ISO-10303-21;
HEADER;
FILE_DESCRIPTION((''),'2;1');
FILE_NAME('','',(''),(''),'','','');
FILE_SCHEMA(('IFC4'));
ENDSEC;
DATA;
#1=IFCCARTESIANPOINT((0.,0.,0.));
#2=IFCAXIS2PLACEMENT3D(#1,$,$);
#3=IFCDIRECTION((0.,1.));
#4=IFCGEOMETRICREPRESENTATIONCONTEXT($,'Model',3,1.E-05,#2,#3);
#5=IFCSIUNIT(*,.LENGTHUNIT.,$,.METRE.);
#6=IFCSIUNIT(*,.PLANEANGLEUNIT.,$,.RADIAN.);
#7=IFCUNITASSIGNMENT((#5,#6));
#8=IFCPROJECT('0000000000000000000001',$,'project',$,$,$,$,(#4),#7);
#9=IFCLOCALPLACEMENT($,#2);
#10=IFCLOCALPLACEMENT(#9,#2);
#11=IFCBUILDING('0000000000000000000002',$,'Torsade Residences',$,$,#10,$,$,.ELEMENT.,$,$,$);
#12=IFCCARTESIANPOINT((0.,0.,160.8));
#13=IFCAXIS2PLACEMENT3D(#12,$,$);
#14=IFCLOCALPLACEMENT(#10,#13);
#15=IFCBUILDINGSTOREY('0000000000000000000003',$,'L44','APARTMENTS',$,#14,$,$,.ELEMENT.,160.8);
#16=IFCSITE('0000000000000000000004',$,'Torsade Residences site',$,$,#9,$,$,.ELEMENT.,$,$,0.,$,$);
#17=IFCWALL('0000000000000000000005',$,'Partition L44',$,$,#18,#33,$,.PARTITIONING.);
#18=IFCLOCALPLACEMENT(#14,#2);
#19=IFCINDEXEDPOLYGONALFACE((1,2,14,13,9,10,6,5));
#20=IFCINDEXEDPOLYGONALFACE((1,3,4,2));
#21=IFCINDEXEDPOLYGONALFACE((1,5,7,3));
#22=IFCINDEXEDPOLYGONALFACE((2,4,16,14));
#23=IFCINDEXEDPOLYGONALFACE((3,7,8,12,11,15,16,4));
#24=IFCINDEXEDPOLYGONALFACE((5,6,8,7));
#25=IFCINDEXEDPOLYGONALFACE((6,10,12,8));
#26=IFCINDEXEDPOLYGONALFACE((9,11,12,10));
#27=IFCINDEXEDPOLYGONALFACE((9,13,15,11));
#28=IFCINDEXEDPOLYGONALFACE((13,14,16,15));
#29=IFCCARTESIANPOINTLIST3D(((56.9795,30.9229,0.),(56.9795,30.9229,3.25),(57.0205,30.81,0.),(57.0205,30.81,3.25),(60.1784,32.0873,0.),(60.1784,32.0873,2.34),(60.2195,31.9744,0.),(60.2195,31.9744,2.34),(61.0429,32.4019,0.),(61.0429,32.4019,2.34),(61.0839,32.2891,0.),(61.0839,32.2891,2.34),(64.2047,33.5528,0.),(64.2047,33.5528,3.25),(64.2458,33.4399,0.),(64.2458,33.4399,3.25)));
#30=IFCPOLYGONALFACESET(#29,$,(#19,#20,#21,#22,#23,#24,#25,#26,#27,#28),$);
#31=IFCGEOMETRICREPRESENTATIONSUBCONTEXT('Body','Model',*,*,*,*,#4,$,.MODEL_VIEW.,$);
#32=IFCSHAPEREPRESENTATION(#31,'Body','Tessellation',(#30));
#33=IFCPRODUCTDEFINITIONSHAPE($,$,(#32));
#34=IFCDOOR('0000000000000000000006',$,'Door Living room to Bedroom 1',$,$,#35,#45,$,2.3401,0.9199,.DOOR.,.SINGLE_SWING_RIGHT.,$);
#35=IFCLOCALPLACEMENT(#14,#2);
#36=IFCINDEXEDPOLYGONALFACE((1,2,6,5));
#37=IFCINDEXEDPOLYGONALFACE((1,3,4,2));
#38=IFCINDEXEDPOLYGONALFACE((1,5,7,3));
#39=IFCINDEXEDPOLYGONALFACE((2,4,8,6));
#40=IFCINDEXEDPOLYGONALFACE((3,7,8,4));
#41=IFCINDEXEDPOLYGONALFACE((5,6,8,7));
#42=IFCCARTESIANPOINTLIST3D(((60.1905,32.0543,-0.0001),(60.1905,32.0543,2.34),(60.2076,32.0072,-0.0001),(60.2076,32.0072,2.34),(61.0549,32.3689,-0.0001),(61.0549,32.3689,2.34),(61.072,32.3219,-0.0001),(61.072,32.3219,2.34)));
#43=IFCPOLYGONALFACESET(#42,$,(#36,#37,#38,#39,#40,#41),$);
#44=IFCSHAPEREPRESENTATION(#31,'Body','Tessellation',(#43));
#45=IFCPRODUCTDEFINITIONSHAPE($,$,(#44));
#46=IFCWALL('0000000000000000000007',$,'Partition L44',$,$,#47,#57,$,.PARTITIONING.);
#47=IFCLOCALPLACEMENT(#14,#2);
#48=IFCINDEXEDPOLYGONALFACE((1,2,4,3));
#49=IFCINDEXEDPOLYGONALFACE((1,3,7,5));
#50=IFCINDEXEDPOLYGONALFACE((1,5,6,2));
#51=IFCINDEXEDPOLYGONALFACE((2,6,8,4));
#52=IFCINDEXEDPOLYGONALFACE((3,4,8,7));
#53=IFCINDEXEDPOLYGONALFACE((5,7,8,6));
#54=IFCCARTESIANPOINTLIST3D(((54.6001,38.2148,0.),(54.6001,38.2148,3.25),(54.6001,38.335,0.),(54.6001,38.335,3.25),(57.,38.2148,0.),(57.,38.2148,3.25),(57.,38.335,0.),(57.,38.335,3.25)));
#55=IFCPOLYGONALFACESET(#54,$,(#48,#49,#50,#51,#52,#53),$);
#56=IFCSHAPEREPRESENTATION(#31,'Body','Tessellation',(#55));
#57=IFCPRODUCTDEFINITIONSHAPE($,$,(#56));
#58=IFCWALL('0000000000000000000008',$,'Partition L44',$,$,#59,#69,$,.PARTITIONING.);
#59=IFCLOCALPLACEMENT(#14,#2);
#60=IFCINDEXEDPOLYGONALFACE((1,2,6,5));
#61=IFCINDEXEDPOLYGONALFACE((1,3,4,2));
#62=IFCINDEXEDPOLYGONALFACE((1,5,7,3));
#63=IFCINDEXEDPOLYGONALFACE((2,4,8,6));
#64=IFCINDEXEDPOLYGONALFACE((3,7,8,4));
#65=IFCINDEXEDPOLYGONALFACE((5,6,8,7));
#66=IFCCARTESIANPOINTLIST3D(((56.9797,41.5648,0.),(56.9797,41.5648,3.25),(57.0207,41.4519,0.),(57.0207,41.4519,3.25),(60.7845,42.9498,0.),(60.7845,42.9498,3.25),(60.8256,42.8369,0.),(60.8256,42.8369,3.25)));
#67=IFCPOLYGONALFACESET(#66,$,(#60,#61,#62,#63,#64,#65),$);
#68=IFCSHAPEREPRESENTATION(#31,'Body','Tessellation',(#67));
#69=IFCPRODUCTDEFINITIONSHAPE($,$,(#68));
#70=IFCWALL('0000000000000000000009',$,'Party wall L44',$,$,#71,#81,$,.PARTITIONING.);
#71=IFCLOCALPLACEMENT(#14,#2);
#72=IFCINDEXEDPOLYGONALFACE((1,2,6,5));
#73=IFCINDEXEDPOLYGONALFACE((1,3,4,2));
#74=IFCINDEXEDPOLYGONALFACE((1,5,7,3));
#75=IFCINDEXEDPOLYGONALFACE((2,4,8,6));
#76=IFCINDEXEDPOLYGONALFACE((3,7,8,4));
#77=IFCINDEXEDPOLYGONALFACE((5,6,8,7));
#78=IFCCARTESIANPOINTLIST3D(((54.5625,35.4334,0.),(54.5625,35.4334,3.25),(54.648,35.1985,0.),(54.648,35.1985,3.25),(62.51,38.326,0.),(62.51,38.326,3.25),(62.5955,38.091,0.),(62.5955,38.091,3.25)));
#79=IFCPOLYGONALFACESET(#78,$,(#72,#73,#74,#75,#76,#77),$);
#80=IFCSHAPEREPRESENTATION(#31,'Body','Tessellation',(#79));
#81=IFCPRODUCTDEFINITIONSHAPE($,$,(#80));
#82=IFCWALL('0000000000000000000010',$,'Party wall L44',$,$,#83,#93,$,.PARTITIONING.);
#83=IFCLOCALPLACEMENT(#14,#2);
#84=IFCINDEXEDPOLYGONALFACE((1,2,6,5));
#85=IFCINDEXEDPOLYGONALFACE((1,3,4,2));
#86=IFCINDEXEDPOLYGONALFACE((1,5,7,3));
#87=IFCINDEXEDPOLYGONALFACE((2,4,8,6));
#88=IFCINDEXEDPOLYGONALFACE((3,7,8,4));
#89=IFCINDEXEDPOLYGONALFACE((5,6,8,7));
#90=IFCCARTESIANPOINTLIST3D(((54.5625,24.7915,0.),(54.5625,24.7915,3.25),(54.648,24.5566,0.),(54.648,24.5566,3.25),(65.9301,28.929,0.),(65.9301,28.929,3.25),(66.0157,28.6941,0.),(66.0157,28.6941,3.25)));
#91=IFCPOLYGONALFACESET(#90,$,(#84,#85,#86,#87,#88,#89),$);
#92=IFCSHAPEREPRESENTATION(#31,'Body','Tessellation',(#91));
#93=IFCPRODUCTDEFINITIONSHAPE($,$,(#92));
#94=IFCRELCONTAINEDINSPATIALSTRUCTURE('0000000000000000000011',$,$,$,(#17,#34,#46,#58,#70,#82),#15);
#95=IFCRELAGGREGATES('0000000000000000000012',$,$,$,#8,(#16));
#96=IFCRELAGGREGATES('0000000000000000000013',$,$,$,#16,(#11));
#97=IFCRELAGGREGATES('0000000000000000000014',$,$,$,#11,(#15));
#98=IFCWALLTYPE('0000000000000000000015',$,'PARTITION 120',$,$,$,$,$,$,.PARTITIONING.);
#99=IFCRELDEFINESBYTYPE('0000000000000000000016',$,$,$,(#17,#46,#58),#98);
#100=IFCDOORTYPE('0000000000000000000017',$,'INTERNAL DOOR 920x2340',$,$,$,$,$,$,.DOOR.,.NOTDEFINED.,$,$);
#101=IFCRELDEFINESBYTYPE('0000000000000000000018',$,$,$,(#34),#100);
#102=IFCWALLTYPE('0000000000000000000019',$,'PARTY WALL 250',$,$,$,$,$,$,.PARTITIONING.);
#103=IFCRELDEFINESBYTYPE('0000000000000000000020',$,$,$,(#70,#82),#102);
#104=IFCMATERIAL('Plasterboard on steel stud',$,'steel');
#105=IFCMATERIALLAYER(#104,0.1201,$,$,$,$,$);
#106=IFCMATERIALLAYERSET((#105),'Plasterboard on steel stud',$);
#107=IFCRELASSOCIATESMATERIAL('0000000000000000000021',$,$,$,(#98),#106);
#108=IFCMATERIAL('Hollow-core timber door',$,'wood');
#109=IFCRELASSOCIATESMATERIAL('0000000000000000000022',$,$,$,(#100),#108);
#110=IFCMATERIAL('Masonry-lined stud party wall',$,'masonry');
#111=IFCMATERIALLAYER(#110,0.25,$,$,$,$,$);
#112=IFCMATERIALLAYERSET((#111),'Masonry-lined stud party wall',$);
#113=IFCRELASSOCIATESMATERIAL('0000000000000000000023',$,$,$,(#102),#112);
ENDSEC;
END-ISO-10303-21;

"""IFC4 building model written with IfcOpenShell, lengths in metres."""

from ifc_helpers import new_model, si_unit, direction, frame, frame_2d, origin, place, context, subcontext, project, spatial, rectangle, extrude, material, layer, layer_set, type_object, element, fill, save


model = new_model("IFC4")

# Units and contexts
model_context = context("Model", 3, precision=1e-05, world=origin(), true_north=direction((0.0, 1.0)))
body_context = subcontext(model_context, "Body", "Model", "MODEL_VIEW")
ifc_project = project(units=[si_unit("LENGTHUNIT", "METRE"), si_unit("PLANEANGLEUNIT", "RADIAN")], contexts=[model_context])

# Site, building, storey
site_placement = place(None, origin())
site = spatial("IfcSite", under=ifc_project, at=site_placement, Name="Torsade Residences site", CompositionType="ELEMENT", RefElevation=0.0)
building_placement = place(site_placement, origin())
building = spatial("IfcBuilding", under=site, at=building_placement, Name="Torsade Residences", CompositionType="ELEMENT")
storey_placement = place(building_placement, frame((0.0, 0.0, 160.8)))
storey = spatial("IfcBuildingStorey", under=building, at=storey_placement, Name="L44", Description="APARTMENTS", CompositionType="ELEMENT", Elevation=160.8)

# Shared definitions
ifc_material_1 = material(Name="Plasterboard on steel stud", Category="steel")
ifc_layer_1 = layer(ifc_material_1, 0.1201)
ifc_layer_set_1 = layer_set([ifc_layer_1], Name="Plasterboard on steel stud")
wall_type_1 = type_object("IfcWallType", Name="PARTITION 120", PredefinedType="PARTITIONING", material=ifc_layer_set_1)
ifc_material_2 = material(Name="Hollow-core timber door", Category="wood")
door_type = type_object("IfcDoorType", Name="INTERNAL DOOR 920x2340", OperationType="NOTDEFINED", PredefinedType="DOOR", material=ifc_material_2)

# Wall, opening, door
wall_1_placement = place(storey_placement, frame((57.0, 30.8665, 0.0), z_axis=(0.0, 0.0, 1.0), x_axis=(0.939686, 0.342039, 0.0)))
wall_1 = element("IfcWall", 1, at=wall_1_placement, inside=storey, type_object=wall_type_1, Name="Partition L44", PredefinedType="PARTITIONING", context=body_context, shape_type="SweptSolid", body=[
    extrude(rectangle(XDim=7.689, YDim=0.1201, at=frame_2d((3.8445, 0.0))), origin(), (0.0, 0.0, 1.0), 3.25),
])
opening_1_placement = place(wall_1_placement, frame((3.4043, 0.0, 0.0)))
opening_1 = element("IfcOpeningElement", 2, at=opening_1_placement, cuts=wall_1, PredefinedType="OPENING", context=body_context, shape_type="SweptSolid", body=[
    extrude(rectangle(XDim=0.9199, YDim=2.3401, at=frame_2d((0.46, 1.1699))), frame((0.0, 0.0701, 0.0), z_axis=(0.0, -1.0, 0.0), x_axis=(1.0, 0.0, 0.0)), (0.0, 0.0, 1.0), 0.1401),
])
door_1_placement = place(opening_1_placement, origin())
door_1 = element("IfcDoor", 3, at=door_1_placement, inside=storey, type_object=door_type, Name="Door Living room to Bedroom 1", OperationType="SINGLE_SWING_RIGHT", OverallHeight=2.3401, OverallWidth=0.9199, PredefinedType="DOOR", context=body_context, shape_type="SweptSolid", body=[
    extrude(rectangle(XDim=0.9199, YDim=2.3401, at=frame_2d((0.46, 1.1699))), frame((0.0, 0.0249, 0.0), z_axis=(0.0, -1.0, 0.0), x_axis=(1.0, 0.0, 0.0)), (0.0, 0.0, 1.0), 0.05),
])
fill(opening_1, door_1)

# Walls
wall_2_placement = place(storey_placement, frame((57.0, 38.2749, 0.0), z_axis=(0.0, 0.0, 1.0), x_axis=(-1.0, 0.0, 0.0)))
element("IfcWall", 4, at=wall_2_placement, inside=storey, type_object=wall_type_1, Name="Partition L44", PredefinedType="PARTITIONING", context=body_context, shape_type="SweptSolid", body=[
    extrude(rectangle(XDim=2.3999, YDim=0.1201, at=frame_2d((1.2, 0.0))), origin(), (0.0, 0.0, 1.0), 3.25),
])
wall_3_placement = place(storey_placement, frame((60.8049, 42.8933, 0.0), z_axis=(0.0, 0.0, 1.0), x_axis=(-0.939682, -0.342048, 0.0)))
element("IfcWall", 5, at=wall_3_placement, inside=storey, type_object=wall_type_1, Name="Partition L44", PredefinedType="PARTITIONING", context=body_context, shape_type="SweptSolid", body=[
    extrude(rectangle(XDim=4.0491, YDim=0.1201, at=frame_2d((2.0244, 0.0))), origin(), (0.0, 0.0, 1.0), 3.25),
])
ifc_material_3 = material(Name="Masonry-lined stud party wall", Category="masonry")
ifc_layer_2 = layer(ifc_material_3, 0.25)
ifc_layer_set_2 = layer_set([ifc_layer_2], Name="Masonry-lined stud party wall")
wall_type_2 = type_object("IfcWallType", Name="PARTY WALL 250", PredefinedType="PARTITIONING", material=ifc_layer_set_2)
wall_4_placement = place(storey_placement, frame((62.5527, 38.2085, 0.0), z_axis=(0.0, 0.0, 1.0), x_axis=(-0.939696, -0.342012, 0.0)))
element("IfcWall", 6, at=wall_4_placement, inside=storey, type_object=wall_type_2, Name="Party wall L44", PredefinedType="PARTITIONING", context=body_context, shape_type="SweptSolid", body=[
    extrude(rectangle(XDim=8.4575, YDim=0.25, at=frame_2d((4.2288, 0.0))), origin(), (0.0, 0.0, 1.0), 3.25),
])
wall_5_placement = place(storey_placement, frame((65.9729, 28.8115, 0.0), z_axis=(0.0, 0.0, 1.0), x_axis=(-0.939694, -0.342017, 0.0)))
element("IfcWall", 7, at=wall_5_placement, inside=storey, type_object=wall_type_2, Name="Party wall L44", PredefinedType="PARTITIONING", context=body_context, shape_type="SweptSolid", body=[
    extrude(rectangle(XDim=12.0972, YDim=0.25, at=frame_2d((6.0486, 0.0))), origin(), (0.0, 0.0, 1.0), 3.25),
])

save(model, "model.ifc")
